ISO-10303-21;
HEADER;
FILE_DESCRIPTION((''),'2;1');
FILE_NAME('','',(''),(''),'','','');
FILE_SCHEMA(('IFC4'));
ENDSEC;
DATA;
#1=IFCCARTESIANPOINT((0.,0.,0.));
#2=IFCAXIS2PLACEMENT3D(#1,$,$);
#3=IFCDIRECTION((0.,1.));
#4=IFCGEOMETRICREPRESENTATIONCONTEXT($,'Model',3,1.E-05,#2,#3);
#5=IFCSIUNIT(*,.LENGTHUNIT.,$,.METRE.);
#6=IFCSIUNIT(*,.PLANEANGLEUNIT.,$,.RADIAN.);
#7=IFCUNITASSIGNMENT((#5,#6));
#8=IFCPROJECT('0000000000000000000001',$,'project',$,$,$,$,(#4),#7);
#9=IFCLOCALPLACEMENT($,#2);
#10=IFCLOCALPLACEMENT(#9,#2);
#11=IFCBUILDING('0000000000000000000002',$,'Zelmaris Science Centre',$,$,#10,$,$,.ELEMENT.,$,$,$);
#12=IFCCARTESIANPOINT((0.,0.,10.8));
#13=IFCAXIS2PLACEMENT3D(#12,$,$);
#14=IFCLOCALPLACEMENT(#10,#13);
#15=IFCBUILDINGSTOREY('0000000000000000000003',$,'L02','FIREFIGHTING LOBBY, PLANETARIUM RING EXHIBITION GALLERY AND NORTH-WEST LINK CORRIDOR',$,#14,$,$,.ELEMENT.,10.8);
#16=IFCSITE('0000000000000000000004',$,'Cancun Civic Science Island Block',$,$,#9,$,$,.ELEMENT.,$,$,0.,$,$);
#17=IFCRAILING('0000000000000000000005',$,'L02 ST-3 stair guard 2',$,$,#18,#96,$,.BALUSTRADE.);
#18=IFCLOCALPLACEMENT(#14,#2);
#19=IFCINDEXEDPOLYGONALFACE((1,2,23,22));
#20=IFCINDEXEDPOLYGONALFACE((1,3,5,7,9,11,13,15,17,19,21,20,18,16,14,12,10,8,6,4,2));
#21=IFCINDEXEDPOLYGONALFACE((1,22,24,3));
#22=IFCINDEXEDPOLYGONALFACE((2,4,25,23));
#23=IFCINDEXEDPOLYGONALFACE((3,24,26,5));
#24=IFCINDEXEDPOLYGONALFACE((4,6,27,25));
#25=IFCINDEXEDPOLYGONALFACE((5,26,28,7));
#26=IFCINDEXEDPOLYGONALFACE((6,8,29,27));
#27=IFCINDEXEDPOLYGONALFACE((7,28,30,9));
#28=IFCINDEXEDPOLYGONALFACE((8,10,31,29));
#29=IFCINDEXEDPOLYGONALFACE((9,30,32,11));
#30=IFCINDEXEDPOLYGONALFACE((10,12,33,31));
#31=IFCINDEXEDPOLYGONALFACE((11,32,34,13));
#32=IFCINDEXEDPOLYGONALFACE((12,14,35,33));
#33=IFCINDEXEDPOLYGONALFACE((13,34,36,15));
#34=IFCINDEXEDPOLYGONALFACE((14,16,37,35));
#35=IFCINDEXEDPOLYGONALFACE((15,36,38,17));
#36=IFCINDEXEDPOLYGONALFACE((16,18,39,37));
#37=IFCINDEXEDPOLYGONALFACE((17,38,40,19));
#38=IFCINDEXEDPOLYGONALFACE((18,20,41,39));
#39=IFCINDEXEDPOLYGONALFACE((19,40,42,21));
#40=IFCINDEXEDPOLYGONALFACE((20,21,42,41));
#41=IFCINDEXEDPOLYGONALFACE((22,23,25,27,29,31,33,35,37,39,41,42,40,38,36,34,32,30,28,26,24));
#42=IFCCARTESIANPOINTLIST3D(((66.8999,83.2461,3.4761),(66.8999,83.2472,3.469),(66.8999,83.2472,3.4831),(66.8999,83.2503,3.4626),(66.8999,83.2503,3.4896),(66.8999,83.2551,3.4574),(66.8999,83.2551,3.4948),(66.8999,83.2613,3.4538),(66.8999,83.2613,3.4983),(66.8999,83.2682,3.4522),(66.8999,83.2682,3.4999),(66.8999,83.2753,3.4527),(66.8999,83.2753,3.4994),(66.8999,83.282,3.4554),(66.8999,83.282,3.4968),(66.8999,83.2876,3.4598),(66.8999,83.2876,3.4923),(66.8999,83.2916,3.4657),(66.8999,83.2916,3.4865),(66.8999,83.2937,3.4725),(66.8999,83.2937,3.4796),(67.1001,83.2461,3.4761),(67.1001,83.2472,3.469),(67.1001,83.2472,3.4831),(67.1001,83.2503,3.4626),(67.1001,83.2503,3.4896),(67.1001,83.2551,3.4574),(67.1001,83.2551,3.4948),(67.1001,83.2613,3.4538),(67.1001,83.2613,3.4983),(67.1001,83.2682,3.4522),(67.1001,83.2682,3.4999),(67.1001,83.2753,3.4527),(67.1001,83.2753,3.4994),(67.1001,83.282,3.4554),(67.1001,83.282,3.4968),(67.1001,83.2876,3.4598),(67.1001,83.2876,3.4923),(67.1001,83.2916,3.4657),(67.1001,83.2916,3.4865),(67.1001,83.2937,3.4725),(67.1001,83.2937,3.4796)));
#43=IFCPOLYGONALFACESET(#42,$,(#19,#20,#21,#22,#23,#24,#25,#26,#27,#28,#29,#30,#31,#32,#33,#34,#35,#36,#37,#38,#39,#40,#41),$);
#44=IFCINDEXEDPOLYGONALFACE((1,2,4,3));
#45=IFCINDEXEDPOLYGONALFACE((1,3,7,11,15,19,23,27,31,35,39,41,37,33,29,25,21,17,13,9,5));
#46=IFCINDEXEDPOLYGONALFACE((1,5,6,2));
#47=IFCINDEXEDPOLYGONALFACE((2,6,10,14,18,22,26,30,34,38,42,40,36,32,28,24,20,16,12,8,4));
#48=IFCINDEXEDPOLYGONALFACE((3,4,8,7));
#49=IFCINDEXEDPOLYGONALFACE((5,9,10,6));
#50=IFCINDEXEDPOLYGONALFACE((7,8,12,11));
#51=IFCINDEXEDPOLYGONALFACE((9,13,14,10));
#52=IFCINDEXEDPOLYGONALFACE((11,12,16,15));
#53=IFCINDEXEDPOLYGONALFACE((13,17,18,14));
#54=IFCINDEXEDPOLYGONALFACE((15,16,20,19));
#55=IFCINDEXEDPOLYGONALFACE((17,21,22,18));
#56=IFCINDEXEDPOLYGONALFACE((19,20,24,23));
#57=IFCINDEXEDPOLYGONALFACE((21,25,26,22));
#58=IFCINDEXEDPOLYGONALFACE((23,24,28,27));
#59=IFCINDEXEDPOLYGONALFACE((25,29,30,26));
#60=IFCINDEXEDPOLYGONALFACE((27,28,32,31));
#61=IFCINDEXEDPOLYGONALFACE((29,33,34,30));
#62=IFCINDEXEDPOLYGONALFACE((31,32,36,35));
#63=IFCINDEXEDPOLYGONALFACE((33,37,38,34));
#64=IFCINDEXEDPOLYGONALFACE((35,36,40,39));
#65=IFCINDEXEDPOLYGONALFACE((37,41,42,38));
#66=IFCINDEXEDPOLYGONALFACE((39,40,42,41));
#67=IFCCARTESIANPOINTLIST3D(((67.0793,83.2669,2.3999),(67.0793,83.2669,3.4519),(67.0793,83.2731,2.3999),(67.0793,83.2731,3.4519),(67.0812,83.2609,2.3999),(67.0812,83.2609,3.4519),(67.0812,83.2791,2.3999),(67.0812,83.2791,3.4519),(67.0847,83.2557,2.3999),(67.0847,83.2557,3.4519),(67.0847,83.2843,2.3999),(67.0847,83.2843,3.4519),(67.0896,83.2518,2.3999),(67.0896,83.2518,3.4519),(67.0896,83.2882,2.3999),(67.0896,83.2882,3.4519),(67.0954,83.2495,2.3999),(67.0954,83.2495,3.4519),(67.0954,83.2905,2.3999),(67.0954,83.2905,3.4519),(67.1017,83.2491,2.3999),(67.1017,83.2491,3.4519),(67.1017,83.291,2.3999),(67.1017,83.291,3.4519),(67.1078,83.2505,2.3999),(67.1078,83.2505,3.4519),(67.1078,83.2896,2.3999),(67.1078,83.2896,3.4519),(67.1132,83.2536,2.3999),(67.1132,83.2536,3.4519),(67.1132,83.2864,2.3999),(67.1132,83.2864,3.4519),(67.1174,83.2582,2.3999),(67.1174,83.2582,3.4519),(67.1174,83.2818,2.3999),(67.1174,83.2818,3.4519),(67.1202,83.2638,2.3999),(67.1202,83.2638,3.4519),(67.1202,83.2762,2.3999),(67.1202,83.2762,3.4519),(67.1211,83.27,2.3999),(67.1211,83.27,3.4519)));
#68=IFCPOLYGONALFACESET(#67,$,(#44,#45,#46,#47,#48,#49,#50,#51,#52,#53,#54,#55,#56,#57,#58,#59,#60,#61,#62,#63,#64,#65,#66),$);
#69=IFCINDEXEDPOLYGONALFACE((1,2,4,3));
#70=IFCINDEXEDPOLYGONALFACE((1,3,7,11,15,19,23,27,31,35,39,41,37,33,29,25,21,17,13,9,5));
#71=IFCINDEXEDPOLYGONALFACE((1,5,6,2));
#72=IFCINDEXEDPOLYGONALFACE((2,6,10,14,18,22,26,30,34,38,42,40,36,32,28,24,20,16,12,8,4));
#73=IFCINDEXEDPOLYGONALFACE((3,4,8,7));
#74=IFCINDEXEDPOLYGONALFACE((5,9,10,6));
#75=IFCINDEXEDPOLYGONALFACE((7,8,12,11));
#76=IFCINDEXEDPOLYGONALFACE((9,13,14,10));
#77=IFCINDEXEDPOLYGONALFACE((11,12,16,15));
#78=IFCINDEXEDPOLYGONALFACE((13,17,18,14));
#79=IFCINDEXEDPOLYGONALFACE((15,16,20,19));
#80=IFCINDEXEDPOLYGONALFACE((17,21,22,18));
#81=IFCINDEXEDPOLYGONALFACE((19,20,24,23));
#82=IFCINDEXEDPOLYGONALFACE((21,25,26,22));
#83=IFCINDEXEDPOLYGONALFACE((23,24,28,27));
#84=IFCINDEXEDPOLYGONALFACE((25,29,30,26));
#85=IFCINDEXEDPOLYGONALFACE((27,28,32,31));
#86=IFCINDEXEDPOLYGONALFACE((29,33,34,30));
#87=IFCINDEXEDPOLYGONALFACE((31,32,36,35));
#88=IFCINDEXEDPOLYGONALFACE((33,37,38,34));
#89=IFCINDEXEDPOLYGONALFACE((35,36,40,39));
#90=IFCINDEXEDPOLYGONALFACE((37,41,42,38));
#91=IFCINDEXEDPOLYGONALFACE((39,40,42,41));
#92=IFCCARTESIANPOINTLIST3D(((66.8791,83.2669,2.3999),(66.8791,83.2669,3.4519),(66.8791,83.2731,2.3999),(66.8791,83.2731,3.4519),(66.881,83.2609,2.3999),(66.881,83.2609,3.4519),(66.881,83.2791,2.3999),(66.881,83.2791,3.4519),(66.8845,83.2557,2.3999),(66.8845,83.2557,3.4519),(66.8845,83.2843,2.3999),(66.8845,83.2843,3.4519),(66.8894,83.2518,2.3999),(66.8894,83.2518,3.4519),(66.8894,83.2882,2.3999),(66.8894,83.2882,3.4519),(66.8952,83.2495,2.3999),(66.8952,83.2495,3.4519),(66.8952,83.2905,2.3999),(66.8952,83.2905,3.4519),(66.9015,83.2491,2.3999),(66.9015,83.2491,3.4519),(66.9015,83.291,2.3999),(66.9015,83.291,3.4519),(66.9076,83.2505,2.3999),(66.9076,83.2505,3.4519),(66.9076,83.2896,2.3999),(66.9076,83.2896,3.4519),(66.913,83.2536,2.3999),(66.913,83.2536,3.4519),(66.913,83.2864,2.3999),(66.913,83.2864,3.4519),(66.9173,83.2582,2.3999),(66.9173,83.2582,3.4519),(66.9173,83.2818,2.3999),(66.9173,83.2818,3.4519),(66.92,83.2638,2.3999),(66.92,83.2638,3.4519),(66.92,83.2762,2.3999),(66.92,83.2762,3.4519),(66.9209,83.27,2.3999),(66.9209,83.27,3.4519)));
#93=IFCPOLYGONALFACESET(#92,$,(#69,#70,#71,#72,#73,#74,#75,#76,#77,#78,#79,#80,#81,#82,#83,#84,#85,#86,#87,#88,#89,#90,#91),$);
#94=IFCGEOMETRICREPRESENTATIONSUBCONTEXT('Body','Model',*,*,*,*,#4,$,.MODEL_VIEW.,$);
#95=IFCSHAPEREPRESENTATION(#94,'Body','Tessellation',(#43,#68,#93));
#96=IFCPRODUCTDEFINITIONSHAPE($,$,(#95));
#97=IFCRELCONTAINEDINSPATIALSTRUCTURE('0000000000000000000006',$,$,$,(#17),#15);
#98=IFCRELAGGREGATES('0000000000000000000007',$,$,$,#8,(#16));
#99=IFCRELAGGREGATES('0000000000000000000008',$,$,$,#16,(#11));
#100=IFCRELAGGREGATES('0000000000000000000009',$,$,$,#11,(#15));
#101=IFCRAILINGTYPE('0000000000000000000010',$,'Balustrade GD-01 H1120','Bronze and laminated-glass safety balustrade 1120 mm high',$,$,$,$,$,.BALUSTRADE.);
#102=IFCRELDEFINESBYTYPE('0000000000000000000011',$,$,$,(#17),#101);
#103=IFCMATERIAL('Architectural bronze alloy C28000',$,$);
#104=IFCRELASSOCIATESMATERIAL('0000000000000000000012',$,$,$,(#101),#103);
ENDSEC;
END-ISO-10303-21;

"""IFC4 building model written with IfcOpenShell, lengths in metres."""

from ifc_helpers import new_model, si_unit, direction, frame, origin, origin_2d, place, context, subcontext, project, spatial, circle, extrude, material, type_object, element, save


model = new_model("IFC4")

# Units and contexts
model_context = context("Model", 3, precision=1e-05, world=origin(), true_north=direction((0.0, 1.0)))
body_context = subcontext(model_context, "Body", "Model", "MODEL_VIEW")
ifc_project = project(units=[si_unit("LENGTHUNIT", "METRE"), si_unit("PLANEANGLEUNIT", "RADIAN")], contexts=[model_context])

# Site, building, storey
site_placement = place(None, origin())
site = spatial("IfcSite", under=ifc_project, at=site_placement, Name="Cancun Civic Science Island Block", CompositionType="ELEMENT", RefElevation=0.0)
building_placement = place(site_placement, origin())
building = spatial("IfcBuilding", under=site, at=building_placement, Name="Zelmaris Science Centre", CompositionType="ELEMENT")
storey_placement = place(building_placement, frame((0.0, 0.0, 10.8)))
storey = spatial("IfcBuildingStorey", under=building, at=storey_placement, Name="L02", Description="FIREFIGHTING LOBBY, PLANETARIUM RING EXHIBITION GALLERY AND NORTH-WEST LINK CORRIDOR", CompositionType="ELEMENT", Elevation=10.8)

# Railing
ifc_material_1 = material(Name="Architectural bronze alloy C28000")
railing_type_1 = type_object("IfcRailingType", Name="Balustrade GD-01 H1120", Description="Bronze and laminated-glass safety balustrade 1120 mm high", PredefinedType="BALUSTRADE", material=ifc_material_1)
railing_1_placement = place(storey_placement, frame((67.1001, 83.27, 2.3999)))
element("IfcRailing", 1, at=railing_1_placement, inside=storey, type_object=railing_type_1, Name="L02 ST-3 stair guard 2", PredefinedType="BALUSTRADE", context=body_context, shape_type="SweptSolid", body=[
    extrude(circle(Radius=0.0239, at=origin_2d()), frame((0.0, 0.0, 1.0762), z_axis=(-1.0, 0.0, 0.0), x_axis=(0.0, -1.0, 0.0)), (0.0, 0.0, 1.0), 0.2002),
    extrude(circle(Radius=0.021, at=origin_2d()), origin(), (0.0, 0.0, 1.0), 1.052),
    extrude(circle(Radius=0.021, at=origin_2d()), frame((-0.2002, 0.0, 0.0)), (0.0, 0.0, 1.0), 1.052),
])

save(model, "model.ifc")
